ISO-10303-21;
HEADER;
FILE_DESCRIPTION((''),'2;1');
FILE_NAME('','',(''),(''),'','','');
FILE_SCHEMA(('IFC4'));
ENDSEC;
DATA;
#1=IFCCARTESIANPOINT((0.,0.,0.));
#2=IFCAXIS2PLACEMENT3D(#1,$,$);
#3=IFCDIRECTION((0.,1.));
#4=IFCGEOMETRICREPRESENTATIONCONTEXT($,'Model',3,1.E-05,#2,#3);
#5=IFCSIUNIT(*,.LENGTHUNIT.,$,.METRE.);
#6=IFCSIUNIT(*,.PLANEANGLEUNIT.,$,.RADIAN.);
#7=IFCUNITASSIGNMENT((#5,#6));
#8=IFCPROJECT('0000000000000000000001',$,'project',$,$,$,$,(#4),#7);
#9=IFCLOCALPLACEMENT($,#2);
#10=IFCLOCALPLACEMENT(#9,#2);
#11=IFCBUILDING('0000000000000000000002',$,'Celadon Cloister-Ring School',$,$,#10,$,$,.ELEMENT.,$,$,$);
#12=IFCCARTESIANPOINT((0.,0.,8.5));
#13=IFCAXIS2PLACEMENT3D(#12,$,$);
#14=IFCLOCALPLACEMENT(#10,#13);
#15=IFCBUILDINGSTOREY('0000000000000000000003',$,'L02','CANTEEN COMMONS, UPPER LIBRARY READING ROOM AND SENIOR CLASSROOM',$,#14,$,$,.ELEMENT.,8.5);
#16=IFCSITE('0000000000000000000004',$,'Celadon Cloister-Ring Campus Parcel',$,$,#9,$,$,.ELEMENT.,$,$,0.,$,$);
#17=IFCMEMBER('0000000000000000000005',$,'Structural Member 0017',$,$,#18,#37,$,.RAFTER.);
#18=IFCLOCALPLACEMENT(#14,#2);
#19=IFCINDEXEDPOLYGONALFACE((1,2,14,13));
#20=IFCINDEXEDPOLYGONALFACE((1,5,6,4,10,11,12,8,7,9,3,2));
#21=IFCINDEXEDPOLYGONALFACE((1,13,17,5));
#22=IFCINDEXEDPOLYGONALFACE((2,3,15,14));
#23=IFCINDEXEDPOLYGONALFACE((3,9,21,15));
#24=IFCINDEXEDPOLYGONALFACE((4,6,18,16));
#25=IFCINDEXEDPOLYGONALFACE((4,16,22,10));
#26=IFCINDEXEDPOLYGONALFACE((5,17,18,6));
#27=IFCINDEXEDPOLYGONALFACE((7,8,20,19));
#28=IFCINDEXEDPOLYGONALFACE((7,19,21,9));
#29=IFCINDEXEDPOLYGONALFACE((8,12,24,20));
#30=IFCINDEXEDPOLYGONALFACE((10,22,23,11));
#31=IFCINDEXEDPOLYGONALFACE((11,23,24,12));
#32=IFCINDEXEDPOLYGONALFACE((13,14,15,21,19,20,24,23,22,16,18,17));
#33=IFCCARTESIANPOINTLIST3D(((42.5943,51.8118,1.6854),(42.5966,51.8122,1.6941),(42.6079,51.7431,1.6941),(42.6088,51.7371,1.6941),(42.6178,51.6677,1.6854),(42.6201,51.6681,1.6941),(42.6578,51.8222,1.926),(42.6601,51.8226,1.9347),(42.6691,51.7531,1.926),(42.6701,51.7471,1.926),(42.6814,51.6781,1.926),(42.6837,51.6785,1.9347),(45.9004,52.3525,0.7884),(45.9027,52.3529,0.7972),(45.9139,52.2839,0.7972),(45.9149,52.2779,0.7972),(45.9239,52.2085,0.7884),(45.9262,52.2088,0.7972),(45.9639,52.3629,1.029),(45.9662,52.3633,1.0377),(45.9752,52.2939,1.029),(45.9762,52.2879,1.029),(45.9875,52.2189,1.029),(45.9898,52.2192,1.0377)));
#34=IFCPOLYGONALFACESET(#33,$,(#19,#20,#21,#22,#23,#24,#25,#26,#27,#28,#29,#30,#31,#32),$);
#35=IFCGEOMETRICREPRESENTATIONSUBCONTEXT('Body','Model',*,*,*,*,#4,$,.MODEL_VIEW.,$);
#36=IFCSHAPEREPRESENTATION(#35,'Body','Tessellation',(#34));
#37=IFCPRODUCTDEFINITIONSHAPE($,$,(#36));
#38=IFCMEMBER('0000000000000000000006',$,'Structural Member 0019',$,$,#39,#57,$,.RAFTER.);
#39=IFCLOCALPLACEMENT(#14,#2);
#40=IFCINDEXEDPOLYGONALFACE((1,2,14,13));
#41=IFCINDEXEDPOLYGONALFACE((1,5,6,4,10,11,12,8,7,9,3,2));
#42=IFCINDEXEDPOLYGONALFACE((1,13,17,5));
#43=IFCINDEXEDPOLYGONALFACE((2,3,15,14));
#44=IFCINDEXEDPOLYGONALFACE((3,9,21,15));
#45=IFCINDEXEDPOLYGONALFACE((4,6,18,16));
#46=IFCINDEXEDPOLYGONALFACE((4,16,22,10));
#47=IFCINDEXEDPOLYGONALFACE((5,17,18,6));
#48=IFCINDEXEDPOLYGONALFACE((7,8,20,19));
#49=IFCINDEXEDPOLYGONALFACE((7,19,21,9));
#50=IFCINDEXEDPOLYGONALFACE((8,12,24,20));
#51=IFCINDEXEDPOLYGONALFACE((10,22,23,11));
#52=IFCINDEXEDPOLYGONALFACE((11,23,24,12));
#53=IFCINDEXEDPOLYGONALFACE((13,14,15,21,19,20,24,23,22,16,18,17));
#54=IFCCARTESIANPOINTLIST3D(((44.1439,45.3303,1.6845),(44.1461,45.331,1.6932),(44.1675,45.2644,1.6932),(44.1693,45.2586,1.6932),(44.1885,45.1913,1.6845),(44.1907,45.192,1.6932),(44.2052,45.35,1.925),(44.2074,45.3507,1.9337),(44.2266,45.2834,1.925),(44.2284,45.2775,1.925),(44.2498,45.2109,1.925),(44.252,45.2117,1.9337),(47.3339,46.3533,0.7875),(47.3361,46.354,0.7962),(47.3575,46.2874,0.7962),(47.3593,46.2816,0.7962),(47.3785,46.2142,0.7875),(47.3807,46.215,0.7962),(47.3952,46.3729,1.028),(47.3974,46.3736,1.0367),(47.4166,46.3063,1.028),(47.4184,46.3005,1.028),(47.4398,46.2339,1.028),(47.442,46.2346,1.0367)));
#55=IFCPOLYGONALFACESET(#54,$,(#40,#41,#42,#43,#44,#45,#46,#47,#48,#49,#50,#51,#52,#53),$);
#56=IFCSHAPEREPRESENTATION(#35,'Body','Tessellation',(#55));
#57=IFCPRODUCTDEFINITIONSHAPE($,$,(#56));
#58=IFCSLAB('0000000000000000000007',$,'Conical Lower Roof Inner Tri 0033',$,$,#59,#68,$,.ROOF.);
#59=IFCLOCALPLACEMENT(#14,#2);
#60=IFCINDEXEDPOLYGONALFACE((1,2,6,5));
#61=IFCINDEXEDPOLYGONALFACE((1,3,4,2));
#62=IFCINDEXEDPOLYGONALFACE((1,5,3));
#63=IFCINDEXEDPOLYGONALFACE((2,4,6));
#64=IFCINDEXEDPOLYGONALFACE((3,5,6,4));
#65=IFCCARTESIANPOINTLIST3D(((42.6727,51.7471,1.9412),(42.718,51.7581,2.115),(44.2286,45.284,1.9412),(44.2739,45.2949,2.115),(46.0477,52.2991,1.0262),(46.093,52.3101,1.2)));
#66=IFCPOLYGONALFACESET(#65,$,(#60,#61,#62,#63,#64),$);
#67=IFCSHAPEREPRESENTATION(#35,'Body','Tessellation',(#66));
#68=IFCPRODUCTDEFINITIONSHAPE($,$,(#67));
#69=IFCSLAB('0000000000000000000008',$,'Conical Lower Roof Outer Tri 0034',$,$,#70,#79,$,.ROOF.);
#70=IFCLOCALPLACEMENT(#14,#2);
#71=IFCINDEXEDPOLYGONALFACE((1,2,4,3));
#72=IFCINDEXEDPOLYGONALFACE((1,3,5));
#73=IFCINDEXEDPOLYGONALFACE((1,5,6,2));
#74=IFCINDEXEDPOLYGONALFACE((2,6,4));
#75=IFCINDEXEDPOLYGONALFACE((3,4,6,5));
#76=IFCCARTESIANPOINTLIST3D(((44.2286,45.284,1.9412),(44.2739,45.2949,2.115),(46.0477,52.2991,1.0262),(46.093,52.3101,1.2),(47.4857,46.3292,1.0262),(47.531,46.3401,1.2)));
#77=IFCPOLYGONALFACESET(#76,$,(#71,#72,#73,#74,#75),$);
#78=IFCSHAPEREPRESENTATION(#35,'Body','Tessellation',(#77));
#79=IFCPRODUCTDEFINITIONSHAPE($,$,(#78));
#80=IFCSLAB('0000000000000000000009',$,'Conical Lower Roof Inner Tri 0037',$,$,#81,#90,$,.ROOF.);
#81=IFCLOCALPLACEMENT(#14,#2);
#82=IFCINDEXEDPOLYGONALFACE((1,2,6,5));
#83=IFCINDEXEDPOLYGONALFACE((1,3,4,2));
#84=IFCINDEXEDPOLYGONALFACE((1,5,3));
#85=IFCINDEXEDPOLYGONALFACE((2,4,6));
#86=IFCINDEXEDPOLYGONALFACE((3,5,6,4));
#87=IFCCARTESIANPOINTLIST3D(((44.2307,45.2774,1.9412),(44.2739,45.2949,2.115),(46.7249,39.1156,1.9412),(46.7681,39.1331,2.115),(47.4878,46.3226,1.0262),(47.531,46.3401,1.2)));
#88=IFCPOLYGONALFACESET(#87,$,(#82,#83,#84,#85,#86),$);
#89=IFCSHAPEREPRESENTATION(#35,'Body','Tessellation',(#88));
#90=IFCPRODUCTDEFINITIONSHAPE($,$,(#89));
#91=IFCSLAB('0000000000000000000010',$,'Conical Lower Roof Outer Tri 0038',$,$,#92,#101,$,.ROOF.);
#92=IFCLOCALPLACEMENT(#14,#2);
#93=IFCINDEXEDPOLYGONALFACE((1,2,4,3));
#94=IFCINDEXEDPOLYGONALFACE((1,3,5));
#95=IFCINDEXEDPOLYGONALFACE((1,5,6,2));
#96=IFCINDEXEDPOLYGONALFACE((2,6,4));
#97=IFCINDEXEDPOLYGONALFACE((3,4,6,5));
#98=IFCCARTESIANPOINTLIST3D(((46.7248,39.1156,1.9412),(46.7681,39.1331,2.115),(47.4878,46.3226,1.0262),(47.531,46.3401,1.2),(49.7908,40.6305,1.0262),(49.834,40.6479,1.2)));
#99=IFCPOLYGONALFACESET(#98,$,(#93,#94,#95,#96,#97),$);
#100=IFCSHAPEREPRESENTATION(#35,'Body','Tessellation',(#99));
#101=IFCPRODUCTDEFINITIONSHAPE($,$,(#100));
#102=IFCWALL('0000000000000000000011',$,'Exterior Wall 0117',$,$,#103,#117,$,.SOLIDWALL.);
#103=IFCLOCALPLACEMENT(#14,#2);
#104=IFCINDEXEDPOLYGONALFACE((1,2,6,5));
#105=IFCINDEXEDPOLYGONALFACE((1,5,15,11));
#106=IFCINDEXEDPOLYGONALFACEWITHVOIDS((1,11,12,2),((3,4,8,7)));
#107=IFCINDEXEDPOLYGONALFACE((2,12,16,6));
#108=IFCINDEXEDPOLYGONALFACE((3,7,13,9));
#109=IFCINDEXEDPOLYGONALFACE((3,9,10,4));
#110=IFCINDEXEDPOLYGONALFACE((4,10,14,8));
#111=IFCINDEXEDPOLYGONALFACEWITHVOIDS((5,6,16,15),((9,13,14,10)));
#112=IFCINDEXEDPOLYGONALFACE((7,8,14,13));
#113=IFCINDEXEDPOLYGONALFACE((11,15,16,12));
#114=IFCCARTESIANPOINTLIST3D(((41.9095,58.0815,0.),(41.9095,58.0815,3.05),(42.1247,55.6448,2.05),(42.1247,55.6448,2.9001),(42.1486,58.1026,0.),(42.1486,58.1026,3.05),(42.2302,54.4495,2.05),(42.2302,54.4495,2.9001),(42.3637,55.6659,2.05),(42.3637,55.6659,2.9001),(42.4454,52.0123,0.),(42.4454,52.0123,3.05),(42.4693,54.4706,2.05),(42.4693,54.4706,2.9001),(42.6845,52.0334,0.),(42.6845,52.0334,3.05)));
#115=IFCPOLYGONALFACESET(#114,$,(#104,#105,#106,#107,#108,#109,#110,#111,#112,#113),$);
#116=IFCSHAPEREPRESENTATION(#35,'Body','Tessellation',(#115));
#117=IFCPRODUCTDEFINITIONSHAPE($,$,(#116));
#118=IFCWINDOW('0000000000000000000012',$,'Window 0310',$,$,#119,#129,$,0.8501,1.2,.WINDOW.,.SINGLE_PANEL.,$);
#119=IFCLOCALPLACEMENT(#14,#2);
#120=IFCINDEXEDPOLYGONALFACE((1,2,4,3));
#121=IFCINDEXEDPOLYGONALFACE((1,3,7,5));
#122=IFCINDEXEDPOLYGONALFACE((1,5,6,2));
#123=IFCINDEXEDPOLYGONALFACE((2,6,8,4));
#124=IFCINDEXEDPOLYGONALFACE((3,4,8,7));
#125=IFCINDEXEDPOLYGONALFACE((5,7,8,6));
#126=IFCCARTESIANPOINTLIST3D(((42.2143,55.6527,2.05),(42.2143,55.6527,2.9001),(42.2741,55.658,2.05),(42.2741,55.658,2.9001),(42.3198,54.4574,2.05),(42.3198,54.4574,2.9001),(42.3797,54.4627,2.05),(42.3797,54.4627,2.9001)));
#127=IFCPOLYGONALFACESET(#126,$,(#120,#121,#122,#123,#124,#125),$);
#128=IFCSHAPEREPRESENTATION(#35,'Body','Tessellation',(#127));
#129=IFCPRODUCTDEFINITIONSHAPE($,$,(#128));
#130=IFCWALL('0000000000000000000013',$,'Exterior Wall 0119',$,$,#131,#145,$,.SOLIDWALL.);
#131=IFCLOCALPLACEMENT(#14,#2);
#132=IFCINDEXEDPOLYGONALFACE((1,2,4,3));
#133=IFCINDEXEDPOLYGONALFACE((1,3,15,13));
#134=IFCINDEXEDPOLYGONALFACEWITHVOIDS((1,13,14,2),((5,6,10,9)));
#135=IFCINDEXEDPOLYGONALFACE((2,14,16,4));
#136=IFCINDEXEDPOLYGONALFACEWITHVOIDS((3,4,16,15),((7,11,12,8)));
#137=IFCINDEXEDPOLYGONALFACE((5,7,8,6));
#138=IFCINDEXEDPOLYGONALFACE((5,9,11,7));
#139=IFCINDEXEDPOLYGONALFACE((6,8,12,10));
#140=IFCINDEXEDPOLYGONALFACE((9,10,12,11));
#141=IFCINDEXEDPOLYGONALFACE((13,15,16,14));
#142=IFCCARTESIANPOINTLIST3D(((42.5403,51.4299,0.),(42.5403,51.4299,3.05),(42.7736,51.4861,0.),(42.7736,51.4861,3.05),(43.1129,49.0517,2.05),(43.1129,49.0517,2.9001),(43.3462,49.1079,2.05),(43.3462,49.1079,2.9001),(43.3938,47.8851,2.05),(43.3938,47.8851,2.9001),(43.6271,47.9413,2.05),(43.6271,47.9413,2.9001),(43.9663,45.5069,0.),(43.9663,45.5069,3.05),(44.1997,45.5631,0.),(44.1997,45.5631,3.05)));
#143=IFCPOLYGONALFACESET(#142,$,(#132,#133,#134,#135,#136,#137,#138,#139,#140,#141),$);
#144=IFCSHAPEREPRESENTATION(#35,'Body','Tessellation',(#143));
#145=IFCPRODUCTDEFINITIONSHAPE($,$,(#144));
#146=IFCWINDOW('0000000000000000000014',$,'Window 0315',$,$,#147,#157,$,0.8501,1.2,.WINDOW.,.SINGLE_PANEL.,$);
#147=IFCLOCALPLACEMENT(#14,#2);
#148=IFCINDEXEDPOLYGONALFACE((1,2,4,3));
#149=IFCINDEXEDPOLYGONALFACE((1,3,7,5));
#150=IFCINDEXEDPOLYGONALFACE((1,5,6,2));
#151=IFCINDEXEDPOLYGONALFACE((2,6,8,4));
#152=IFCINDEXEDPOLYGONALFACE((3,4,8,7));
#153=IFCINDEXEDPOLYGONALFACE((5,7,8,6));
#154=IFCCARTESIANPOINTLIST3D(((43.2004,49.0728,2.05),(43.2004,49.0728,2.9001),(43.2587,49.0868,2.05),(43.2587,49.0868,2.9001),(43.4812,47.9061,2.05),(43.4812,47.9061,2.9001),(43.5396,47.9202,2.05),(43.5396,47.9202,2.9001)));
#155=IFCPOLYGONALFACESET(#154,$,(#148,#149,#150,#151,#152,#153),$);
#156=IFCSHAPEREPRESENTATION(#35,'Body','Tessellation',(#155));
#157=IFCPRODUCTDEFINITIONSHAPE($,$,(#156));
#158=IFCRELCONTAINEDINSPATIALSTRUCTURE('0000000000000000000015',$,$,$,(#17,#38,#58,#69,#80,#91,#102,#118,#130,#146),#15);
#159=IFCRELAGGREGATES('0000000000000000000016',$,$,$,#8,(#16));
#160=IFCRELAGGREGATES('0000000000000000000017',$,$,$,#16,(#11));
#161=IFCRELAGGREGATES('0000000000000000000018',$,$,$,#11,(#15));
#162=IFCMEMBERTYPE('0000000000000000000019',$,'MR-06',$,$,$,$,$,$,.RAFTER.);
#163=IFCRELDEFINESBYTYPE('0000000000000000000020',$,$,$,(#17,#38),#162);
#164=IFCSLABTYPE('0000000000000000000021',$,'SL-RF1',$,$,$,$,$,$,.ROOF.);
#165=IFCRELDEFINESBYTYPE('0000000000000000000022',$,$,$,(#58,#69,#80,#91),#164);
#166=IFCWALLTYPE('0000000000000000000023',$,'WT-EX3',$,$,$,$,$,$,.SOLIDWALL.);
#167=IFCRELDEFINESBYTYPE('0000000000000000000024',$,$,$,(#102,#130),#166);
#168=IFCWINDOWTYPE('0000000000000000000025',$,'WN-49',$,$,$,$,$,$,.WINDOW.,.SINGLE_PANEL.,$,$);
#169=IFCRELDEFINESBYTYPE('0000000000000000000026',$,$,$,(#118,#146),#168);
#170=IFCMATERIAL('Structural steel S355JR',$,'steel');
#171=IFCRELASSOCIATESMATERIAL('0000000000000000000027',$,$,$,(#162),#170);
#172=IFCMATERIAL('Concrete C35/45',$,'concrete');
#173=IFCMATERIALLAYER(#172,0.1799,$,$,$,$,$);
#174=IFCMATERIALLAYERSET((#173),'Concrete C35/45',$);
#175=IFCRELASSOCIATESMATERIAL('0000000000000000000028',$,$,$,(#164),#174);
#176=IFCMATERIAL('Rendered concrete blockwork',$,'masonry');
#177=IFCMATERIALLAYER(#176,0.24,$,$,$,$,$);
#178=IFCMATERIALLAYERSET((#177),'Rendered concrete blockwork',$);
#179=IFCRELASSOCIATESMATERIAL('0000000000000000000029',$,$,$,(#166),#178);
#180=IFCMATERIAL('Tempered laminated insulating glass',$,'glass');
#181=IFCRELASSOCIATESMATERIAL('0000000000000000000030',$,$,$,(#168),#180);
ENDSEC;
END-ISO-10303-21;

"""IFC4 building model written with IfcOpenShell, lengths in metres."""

from ifc_helpers import new_model, si_unit, direction, frame, frame_2d, origin, origin_2d, place, context, subcontext, project, spatial, polyline, rectangle, i_section, outline, extrude, material, layer, layer_set, material_profile, profile_set, type_object, element, fill, save


model = new_model("IFC4")

# Units and contexts
model_context = context("Model", 3, precision=1e-05, world=origin(), true_north=direction((0.0, 1.0)))
body_context = subcontext(model_context, "Body", "Model", "MODEL_VIEW")
ifc_project = project(units=[si_unit("LENGTHUNIT", "METRE"), si_unit("PLANEANGLEUNIT", "RADIAN")], contexts=[model_context])

# Site, building, storey
site_placement = place(None, origin())
site = spatial("IfcSite", under=ifc_project, at=site_placement, Name="Celadon Cloister-Ring Campus Parcel", CompositionType="ELEMENT", RefElevation=0.0)
building_placement = place(site_placement, origin())
building = spatial("IfcBuilding", under=site, at=building_placement, Name="Celadon Cloister-Ring School", CompositionType="ELEMENT")
storey_placement = place(building_placement, frame((0.0, 0.0, 8.5)))
storey = spatial("IfcBuildingStorey", under=building, at=storey_placement, Name="L02", Description="CANTEEN COMMONS, UPPER LIBRARY READING ROOM AND SENIOR CLASSROOM", CompositionType="ELEMENT", Elevation=8.5)

# Members
ifc_material_1 = material(Name="Structural steel S355JR", Category="steel")
ifc_material_profile_1 = material_profile(ifc_material_1, i_section(OverallWidth=0.146, OverallDepth=0.2581, WebThickness=0.0061, FlangeThickness=0.009, at=origin_2d()), Name="W250X33")
ifc_profile_set_1 = profile_set([ifc_material_profile_1], Name="Structural steel S355JR")
member_type_1 = type_object("IfcMemberType", Name="MR-06", PredefinedType="RAFTER", material=ifc_profile_set_1)
for number, where, z_axis, x_axis, name in (
    (1, (45.9451, 52.2859, 0.9131), (-0.953307, -0.155928, 0.258636), (0.16142, -0.986886, 0.0), "Structural Member 0017"),
    (2, (47.3879, 46.2939, 0.9121), (-0.919834, -0.294972, 0.258646), (0.305363, -0.952236, 0.0), "Structural Member 0019"),
):
    element("IfcMember", number, at=place(storey_placement, frame(where, z_axis=z_axis, x_axis=x_axis)), inside=storey, type_object=member_type_1, Name=name, PredefinedType="RAFTER", context=body_context, shape_type="SweptSolid", body=[
        extrude(i_section(OverallWidth=0.146, OverallDepth=0.2581, WebThickness=0.0061, FlangeThickness=0.009, at=origin_2d()), origin(), (0.0, 0.0, 1.0), 3.468),
    ])

# Slabs
ifc_material_2 = material(Name="Concrete C35/45", Category="concrete")
ifc_layer_1 = layer(ifc_material_2, 0.1799)
ifc_layer_set_1 = layer_set([ifc_layer_1], Name="Concrete C35/45")
slab_type = type_object("IfcSlabType", Name="SL-RF1", PredefinedType="ROOF", material=ifc_layer_set_1)
slab_1_placement = place(storey_placement, frame((46.093, 52.3101, 1.2), z_axis=(0.251941, 0.060651, 0.96584), x_axis=(-0.953351, -0.155926, 0.258475)))
element("IfcSlab", 3, at=slab_1_placement, inside=storey, type_object=slab_type, Name="Conical Lower Roof Inner Tri 0033", PredefinedType="ROOF", context=body_context, shape_type="SweptSolid", body=[
    extrude(outline(polyline([(0.0, 0.0), (3.5401, 0.0), (3.0646, 6.6307), (0.0, 0.0)])), origin(), (0.0, 0.0, -1.0), 0.1799),
])
slab_2_placement = place(storey_placement, frame((46.093, 52.3101, 1.2), z_axis=(0.251878, 0.06067, 0.965856), x_axis=(-0.249031, -0.96036, 0.125267)))
element("IfcSlab", 4, at=slab_2_placement, inside=storey, type_object=slab_type, Name="Conical Lower Roof Outer Tri 0034", PredefinedType="ROOF", context=body_context, shape_type="SweptSolid", body=[
    extrude(outline(polyline([(0.0, 0.0), (7.3047, 0.0), (5.3752, 2.9691), (0.0, 0.0)])), origin(), (0.0, 0.0, -1.0), 0.1799),
])
slab_3_placement = place(storey_placement, frame((47.531, 46.3401, 1.2), z_axis=(0.240153, 0.097207, 0.965856), x_axis=(-0.919835, -0.295166, 0.258417)))
element("IfcSlab", 5, at=slab_3_placement, inside=storey, type_object=slab_type, Name="Conical Lower Roof Inner Tri 0037", PredefinedType="ROOF", context=body_context, shape_type="SweptSolid", body=[
    extrude(outline(polyline([(0.0, 0.0), (3.5409, 0.0), (3.0655, 6.6305), (0.0, 0.0)])), origin(), (0.0, 0.0, -1.0), 0.1799),
])
slab_4_placement = place(storey_placement, frame((47.531, 46.3401, 1.2), z_axis=(0.240234, 0.097196, 0.965837), x_axis=(-0.104443, -0.986611, 0.125265)))
element("IfcSlab", 6, at=slab_4_placement, inside=storey, type_object=slab_type, Name="Conical Lower Roof Outer Tri 0038", PredefinedType="ROOF", context=body_context, shape_type="SweptSolid", body=[
    extrude(outline(polyline([(0.0, 0.0), (7.3048, 0.0), (5.3754, 2.968), (0.0, 0.0)])), origin(), (0.0, 0.0, -1.0), 0.1799),
])

# Walls, openings, windows
ifc_material_3 = material(Name="Rendered concrete blockwork", Category="masonry")
ifc_layer_2 = layer(ifc_material_3, 0.24)
ifc_layer_set_2 = layer_set([ifc_layer_2], Name="Rendered concrete blockwork")
wall_type = type_object("IfcWallType", Name="WT-EX3", PredefinedType="SOLIDWALL", material=ifc_layer_set_2)
wall_1_placement = place(storey_placement, frame((42.0291, 58.092, 0.0), z_axis=(0.0, 0.0, 1.0), x_axis=(0.087956, -0.996124, 0.0)))
wall_1 = element("IfcWall", 7, at=wall_1_placement, inside=storey, type_object=wall_type, Name="Exterior Wall 0117", PredefinedType="SOLIDWALL", context=body_context, shape_type="SweptSolid", body=[
    extrude(rectangle(XDim=6.0928, YDim=0.24, at=frame_2d((3.0464, 0.0))), origin(), (0.0, 0.0, 1.0), 3.05),
])
opening_1_placement = place(wall_1_placement, frame((2.446, 0.0, 2.05)))
opening_1 = element("IfcOpeningElement", 8, at=opening_1_placement, cuts=wall_1, PredefinedType="OPENING", context=body_context, shape_type="SweptSolid", body=[
    extrude(rectangle(XDim=1.2, YDim=0.8501, at=frame_2d((0.6001, 0.425))), frame((0.0, 0.1299, 0.0), z_axis=(0.0, -1.0, 0.0), x_axis=(1.0, 0.0, 0.0)), (0.0, 0.0, 1.0), 0.26),
])
ifc_material_4 = material(Name="Tempered laminated insulating glass", Category="glass")
window_type = type_object("IfcWindowType", Name="WN-49", PartitioningType="SINGLE_PANEL", PredefinedType="WINDOW", material=ifc_material_4)
window_1_placement = place(opening_1_placement, origin())
window_1 = element("IfcWindow", 9, at=window_1_placement, inside=storey, type_object=window_type, Name="Window 0310", OverallHeight=0.8501, OverallWidth=1.2, PartitioningType="SINGLE_PANEL", PredefinedType="WINDOW", context=body_context, shape_type="SweptSolid", body=[
    extrude(rectangle(XDim=1.2, YDim=0.8501, at=frame_2d((0.6001, 0.425))), frame((0.0, 0.03, 0.0), z_axis=(0.0, -1.0, 0.0), x_axis=(1.0, 0.0, 0.0)), (0.0, 0.0, 1.0), 0.0601),
])
fill(opening_1, window_1)
wall_2_placement = place(storey_placement, frame((42.657, 51.458, 0.0), z_axis=(0.0, 0.0, 1.0), x_axis=(0.234069, -0.97222, 0.0)))
wall_2 = element("IfcWall", 10, at=wall_2_placement, inside=storey, type_object=wall_type, Name="Exterior Wall 0119", PredefinedType="SOLIDWALL", context=body_context, shape_type="SweptSolid", body=[
    extrude(rectangle(XDim=6.0923, YDim=0.24, at=frame_2d((3.0461, 0.0))), origin(), (0.0, 0.0, 1.0), 3.05),
])
opening_2_placement = place(wall_2_placement, frame((2.446, 0.0, 2.05)))
opening_2 = element("IfcOpeningElement", 11, at=opening_2_placement, cuts=wall_2, PredefinedType="OPENING", context=body_context, shape_type="SweptSolid", body=[
    extrude(rectangle(XDim=1.2, YDim=0.8501, at=frame_2d((0.6001, 0.425))), frame((0.0, 0.1299, 0.0), z_axis=(0.0, -1.0, 0.0), x_axis=(1.0, 0.0, 0.0)), (0.0, 0.0, 1.0), 0.26),
])
window_2_placement = place(opening_2_placement, origin())
window_2 = element("IfcWindow", 12, at=window_2_placement, inside=storey, type_object=window_type, Name="Window 0315", OverallHeight=0.8501, OverallWidth=1.2, PartitioningType="SINGLE_PANEL", PredefinedType="WINDOW", context=body_context, shape_type="SweptSolid", body=[
    extrude(rectangle(XDim=1.2, YDim=0.8501, at=frame_2d((0.6001, 0.425))), frame((0.0, 0.03, 0.0), z_axis=(0.0, -1.0, 0.0), x_axis=(1.0, 0.0, 0.0)), (0.0, 0.0, 1.0), 0.0601),
])
fill(opening_2, window_2)

save(model, "model.ifc")
